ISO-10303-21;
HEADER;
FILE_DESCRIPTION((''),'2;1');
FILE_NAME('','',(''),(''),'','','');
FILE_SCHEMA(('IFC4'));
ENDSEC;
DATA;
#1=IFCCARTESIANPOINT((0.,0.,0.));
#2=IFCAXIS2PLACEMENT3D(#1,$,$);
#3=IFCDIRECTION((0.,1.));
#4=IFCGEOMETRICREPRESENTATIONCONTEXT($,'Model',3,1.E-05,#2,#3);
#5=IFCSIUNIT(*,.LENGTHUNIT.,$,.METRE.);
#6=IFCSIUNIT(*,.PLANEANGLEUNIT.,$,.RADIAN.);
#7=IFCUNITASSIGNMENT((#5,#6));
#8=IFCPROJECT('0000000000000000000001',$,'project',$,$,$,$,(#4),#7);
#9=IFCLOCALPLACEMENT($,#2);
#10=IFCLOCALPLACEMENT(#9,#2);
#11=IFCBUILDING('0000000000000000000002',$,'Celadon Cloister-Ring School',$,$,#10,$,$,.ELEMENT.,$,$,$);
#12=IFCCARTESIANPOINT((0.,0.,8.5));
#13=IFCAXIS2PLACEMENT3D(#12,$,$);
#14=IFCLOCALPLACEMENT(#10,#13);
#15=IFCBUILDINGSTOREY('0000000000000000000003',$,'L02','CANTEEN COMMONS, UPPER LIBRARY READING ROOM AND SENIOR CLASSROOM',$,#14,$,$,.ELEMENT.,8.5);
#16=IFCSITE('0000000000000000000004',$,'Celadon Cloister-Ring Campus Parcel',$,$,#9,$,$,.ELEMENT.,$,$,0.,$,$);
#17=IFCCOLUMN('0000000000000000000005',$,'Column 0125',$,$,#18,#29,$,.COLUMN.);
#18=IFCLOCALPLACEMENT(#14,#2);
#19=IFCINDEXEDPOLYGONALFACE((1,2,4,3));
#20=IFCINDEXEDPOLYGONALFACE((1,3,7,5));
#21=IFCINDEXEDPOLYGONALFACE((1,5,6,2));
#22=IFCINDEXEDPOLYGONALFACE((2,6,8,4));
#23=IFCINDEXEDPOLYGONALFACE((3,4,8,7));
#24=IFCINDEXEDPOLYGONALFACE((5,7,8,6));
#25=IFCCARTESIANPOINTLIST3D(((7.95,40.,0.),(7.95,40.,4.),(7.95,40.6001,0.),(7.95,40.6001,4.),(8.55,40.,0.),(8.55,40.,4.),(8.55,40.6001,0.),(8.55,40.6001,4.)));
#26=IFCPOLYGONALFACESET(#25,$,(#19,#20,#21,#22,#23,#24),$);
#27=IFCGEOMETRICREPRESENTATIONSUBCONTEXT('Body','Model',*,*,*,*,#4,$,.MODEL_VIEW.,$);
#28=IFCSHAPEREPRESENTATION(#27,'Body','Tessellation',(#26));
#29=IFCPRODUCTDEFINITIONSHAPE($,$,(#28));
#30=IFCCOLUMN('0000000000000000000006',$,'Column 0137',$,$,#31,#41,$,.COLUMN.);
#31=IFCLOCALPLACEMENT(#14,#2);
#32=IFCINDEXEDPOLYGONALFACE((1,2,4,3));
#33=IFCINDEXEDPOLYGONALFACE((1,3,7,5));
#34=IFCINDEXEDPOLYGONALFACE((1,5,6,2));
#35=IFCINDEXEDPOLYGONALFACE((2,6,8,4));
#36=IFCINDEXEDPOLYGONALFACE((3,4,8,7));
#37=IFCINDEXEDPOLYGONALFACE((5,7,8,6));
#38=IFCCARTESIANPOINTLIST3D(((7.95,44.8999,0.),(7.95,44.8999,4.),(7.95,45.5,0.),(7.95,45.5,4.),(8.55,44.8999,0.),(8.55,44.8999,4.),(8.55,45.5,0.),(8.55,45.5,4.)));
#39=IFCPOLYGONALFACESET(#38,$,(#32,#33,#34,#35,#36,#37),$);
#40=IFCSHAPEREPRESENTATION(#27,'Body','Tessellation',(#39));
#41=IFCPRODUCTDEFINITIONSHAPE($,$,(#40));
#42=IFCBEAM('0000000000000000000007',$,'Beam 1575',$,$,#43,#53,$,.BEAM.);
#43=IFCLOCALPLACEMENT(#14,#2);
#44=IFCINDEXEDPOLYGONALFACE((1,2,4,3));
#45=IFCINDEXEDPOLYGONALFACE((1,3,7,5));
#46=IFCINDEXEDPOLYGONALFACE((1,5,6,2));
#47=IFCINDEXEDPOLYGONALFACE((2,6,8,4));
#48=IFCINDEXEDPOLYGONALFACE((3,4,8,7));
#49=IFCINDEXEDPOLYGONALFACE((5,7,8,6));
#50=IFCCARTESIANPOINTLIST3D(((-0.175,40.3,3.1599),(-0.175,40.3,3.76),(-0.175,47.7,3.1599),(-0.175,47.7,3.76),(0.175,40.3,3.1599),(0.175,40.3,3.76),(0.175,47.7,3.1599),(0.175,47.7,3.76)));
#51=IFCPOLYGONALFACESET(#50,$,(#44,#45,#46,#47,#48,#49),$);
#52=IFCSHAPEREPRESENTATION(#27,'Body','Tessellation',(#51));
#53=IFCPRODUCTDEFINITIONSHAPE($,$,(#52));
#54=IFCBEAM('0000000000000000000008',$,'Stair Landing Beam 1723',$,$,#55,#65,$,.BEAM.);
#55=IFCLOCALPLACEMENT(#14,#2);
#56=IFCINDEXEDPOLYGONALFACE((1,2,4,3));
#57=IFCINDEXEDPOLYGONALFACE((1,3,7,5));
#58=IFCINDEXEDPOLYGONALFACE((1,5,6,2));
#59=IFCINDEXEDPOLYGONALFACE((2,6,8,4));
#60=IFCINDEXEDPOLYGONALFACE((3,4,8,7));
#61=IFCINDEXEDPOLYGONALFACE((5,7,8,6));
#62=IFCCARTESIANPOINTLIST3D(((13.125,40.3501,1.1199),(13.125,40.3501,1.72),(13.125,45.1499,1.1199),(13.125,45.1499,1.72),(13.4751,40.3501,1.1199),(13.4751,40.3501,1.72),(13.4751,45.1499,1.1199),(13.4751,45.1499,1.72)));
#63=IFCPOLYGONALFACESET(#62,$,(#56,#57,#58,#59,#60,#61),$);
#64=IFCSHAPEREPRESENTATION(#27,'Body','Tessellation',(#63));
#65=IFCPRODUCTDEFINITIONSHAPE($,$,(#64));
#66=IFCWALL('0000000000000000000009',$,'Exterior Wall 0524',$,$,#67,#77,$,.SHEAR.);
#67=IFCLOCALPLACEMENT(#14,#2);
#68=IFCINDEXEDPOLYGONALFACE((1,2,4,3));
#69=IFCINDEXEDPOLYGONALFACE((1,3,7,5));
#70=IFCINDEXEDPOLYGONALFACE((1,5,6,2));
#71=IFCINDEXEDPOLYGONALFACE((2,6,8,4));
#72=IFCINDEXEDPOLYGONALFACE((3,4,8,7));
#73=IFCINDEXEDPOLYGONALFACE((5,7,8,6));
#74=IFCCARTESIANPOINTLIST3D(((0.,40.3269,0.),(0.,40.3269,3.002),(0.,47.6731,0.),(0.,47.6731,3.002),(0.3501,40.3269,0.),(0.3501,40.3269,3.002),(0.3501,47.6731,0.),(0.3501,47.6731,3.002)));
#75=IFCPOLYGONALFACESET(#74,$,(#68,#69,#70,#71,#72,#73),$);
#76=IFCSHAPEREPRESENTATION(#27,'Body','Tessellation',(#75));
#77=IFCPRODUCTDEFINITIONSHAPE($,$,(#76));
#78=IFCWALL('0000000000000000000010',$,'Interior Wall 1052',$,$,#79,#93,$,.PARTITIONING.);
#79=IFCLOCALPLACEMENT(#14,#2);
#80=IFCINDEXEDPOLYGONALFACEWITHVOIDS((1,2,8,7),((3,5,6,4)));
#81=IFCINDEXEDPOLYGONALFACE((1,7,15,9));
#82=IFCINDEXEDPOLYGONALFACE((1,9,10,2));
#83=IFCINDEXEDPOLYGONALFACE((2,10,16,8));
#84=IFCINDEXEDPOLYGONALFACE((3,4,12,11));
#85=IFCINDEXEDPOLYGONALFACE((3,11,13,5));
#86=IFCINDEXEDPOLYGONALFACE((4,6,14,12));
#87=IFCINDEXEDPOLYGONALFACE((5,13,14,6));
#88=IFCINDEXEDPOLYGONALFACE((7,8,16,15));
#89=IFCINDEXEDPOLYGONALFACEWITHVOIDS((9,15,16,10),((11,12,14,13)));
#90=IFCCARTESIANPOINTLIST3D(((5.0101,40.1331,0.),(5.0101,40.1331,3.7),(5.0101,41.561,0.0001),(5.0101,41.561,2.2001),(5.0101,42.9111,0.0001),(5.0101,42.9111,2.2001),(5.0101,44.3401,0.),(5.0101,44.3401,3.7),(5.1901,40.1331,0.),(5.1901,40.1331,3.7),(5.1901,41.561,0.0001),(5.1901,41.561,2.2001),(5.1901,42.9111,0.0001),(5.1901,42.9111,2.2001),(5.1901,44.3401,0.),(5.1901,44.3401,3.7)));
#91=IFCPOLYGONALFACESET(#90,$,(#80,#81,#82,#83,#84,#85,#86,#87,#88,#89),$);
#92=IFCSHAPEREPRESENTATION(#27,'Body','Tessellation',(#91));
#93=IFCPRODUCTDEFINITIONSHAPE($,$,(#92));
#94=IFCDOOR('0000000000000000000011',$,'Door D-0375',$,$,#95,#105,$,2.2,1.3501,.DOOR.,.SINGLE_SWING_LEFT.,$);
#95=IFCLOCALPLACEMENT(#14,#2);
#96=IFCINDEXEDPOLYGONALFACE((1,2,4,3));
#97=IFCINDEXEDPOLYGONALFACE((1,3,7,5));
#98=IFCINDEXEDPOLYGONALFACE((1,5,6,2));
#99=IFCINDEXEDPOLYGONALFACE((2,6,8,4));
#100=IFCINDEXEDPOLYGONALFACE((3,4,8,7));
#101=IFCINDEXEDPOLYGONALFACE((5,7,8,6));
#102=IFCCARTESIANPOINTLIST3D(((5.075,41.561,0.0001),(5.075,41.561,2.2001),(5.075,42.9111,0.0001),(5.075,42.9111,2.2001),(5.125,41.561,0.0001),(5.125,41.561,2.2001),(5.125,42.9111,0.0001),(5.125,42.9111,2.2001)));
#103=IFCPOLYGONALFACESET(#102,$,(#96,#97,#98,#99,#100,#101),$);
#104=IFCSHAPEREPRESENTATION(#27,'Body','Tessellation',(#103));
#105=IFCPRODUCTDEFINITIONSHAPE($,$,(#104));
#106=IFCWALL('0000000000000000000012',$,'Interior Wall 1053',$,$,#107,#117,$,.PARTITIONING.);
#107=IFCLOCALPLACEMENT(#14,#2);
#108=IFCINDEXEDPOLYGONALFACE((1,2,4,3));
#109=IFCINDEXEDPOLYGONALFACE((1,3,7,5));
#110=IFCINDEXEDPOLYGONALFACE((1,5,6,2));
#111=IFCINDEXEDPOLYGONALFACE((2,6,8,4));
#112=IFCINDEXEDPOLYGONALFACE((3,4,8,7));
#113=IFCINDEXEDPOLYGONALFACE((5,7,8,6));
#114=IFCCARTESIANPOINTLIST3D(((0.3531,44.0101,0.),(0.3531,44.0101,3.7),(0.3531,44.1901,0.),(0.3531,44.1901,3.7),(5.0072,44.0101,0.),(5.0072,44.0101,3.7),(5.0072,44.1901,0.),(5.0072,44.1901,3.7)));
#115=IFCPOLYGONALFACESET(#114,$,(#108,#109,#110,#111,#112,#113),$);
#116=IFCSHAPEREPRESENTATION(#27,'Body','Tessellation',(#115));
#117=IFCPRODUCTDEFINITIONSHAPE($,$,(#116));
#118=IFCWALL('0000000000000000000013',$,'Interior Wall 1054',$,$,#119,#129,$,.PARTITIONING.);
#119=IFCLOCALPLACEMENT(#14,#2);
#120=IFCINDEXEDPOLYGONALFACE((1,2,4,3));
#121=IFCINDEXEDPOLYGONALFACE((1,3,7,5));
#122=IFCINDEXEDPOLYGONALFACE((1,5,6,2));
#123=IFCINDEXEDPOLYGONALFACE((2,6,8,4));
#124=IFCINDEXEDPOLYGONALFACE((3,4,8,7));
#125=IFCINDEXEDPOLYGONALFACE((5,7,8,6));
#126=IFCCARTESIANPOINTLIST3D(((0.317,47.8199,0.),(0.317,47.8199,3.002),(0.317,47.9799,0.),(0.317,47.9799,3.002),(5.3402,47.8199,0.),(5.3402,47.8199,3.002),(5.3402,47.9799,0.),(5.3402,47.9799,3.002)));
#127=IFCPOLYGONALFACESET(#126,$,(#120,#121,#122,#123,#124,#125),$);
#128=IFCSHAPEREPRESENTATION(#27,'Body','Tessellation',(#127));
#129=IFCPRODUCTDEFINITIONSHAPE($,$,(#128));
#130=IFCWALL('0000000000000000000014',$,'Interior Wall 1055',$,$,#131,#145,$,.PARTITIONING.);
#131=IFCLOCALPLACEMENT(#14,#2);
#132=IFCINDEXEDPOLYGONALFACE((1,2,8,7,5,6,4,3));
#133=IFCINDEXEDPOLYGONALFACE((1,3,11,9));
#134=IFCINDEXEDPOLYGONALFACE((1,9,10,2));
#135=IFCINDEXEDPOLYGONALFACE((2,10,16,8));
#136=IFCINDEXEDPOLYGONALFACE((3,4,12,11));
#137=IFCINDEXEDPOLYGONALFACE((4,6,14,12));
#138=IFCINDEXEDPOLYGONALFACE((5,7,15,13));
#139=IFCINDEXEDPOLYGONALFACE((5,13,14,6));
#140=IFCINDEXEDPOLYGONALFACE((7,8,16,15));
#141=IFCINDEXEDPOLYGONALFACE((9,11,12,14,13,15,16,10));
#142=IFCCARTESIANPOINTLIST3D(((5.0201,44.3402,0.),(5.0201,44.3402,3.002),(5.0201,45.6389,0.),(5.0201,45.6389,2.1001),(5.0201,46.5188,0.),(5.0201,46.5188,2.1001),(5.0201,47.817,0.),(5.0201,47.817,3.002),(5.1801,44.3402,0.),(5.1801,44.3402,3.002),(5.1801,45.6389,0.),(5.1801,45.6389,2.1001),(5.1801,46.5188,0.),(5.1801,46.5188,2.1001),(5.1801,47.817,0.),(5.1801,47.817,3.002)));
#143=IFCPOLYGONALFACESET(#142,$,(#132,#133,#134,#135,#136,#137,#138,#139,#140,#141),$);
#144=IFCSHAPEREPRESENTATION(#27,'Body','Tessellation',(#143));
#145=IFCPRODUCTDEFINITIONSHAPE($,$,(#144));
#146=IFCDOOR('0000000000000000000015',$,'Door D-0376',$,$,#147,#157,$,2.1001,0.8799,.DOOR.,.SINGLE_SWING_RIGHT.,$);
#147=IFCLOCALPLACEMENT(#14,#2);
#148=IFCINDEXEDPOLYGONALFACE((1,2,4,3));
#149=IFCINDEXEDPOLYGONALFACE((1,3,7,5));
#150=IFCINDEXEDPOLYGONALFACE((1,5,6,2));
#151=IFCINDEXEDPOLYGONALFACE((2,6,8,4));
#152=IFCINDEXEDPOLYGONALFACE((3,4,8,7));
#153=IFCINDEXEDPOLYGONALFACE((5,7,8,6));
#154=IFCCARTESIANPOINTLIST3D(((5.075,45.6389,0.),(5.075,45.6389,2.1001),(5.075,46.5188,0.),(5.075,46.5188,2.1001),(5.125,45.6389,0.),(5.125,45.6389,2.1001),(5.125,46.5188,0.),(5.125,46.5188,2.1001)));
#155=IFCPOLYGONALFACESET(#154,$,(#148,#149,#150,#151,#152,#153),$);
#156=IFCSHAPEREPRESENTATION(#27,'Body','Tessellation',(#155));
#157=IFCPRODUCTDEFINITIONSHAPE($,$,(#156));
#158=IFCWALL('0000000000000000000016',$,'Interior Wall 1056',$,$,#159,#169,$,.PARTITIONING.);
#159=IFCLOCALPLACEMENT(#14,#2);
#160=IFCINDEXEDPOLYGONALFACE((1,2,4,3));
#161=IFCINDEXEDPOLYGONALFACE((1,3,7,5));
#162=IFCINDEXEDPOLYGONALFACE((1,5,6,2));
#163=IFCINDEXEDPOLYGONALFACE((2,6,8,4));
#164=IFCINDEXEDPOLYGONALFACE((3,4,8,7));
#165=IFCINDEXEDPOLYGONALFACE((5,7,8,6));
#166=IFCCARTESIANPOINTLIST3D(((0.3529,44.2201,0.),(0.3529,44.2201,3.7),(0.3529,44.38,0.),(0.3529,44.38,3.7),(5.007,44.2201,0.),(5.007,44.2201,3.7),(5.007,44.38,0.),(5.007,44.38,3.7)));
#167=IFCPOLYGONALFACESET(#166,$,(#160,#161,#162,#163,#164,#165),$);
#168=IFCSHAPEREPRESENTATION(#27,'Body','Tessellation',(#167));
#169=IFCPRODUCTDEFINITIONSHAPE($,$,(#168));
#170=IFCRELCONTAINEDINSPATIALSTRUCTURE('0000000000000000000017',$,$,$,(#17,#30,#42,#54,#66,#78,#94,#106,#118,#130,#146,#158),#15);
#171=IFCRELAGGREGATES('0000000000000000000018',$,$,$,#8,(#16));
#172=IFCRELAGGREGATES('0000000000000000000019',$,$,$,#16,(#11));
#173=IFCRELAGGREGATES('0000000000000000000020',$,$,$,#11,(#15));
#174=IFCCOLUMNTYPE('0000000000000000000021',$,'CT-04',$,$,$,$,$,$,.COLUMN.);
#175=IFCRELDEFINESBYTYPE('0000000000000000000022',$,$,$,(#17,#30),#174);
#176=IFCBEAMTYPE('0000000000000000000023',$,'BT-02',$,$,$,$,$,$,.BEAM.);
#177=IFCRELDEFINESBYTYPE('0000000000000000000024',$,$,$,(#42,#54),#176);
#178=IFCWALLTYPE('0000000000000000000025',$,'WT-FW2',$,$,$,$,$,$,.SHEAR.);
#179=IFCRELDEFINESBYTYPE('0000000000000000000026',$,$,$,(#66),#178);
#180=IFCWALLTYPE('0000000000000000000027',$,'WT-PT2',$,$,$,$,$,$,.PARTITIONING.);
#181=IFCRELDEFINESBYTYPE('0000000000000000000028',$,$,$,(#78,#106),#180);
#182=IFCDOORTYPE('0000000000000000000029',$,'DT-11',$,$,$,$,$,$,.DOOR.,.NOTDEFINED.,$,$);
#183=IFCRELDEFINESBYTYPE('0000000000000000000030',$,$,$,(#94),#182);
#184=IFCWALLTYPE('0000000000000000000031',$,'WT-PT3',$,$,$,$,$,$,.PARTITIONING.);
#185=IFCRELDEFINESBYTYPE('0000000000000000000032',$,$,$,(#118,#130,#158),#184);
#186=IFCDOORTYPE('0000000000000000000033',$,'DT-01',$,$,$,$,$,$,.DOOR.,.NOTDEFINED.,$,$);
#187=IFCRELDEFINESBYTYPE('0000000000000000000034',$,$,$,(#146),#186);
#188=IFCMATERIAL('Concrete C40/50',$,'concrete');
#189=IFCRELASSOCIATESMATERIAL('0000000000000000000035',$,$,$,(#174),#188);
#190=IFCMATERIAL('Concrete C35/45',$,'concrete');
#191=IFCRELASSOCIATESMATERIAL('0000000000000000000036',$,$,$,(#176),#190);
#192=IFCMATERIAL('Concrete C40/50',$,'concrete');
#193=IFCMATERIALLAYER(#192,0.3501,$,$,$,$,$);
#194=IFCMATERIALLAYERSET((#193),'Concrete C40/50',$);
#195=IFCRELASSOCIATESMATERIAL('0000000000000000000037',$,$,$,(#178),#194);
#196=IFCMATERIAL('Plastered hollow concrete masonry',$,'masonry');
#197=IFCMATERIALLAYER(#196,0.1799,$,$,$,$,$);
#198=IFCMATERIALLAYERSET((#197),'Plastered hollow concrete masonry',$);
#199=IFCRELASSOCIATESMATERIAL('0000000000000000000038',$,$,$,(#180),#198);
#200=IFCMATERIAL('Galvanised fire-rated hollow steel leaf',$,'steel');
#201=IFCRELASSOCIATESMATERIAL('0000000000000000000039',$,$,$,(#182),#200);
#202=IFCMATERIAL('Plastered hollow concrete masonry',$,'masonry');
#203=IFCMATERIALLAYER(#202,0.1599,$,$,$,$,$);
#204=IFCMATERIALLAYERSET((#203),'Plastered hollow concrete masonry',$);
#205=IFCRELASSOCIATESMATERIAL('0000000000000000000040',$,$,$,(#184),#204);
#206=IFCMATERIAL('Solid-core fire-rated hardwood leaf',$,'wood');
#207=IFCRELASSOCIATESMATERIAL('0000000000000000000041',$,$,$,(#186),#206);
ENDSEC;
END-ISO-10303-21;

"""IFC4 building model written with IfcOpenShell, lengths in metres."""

from ifc_helpers import new_model, si_unit, direction, frame, frame_2d, origin, origin_2d, place, context, subcontext, project, spatial, rectangle, extrude, material, layer, layer_set, material_profile, profile_set, type_object, element, fill, save


model = new_model("IFC4")

# Units and contexts
model_context = context("Model", 3, precision=1e-05, world=origin(), true_north=direction((0.0, 1.0)))
body_context = subcontext(model_context, "Body", "Model", "MODEL_VIEW")
ifc_project = project(units=[si_unit("LENGTHUNIT", "METRE"), si_unit("PLANEANGLEUNIT", "RADIAN")], contexts=[model_context])

# Site, building, storey
site_placement = place(None, origin())
site = spatial("IfcSite", under=ifc_project, at=site_placement, Name="Celadon Cloister-Ring Campus Parcel", CompositionType="ELEMENT", RefElevation=0.0)
building_placement = place(site_placement, origin())
building = spatial("IfcBuilding", under=site, at=building_placement, Name="Celadon Cloister-Ring School", CompositionType="ELEMENT")
storey_placement = place(building_placement, frame((0.0, 0.0, 8.5)))
storey = spatial("IfcBuildingStorey", under=building, at=storey_placement, Name="L02", Description="CANTEEN COMMONS, UPPER LIBRARY READING ROOM AND SENIOR CLASSROOM", CompositionType="ELEMENT", Elevation=8.5)

# Columns
ifc_material_1 = material(Name="Concrete C40/50", Category="concrete")
ifc_material_profile_1 = material_profile(ifc_material_1, rectangle(XDim=0.6001, YDim=0.6001, at=origin_2d()), Name="RC600X600")
ifc_profile_set_1 = profile_set([ifc_material_profile_1], Name="Concrete C40/50")
column_type = type_object("IfcColumnType", Name="CT-04", PredefinedType="COLUMN", material=ifc_profile_set_1)
for number, where, z_axis, x_axis, name in (
    (1, (8.25, 40.3, 0.0), (0.0, 0.0, 1.0), (1.0, 0.0, 0.0), "Column 0125"),
    (2, (8.25, 45.2, 0.0), (0.0, 0.0, 1.0), (1.0, 0.0, 0.0), "Column 0137"),
):
    element("IfcColumn", number, at=place(storey_placement, frame(where, z_axis=z_axis, x_axis=x_axis)), inside=storey, type_object=column_type, Name=name, PredefinedType="COLUMN", context=body_context, shape_type="SweptSolid", body=[
        extrude(rectangle(XDim=0.6001, YDim=0.6001, at=origin_2d()), origin(), (0.0, 0.0, 1.0), 4.0),
    ])

# Beams
ifc_material_2 = material(Name="Concrete C35/45", Category="concrete")
ifc_material_profile_2 = material_profile(ifc_material_2, rectangle(XDim=0.3501, YDim=0.6001, at=origin_2d()), Name="RC350X600")
ifc_profile_set_2 = profile_set([ifc_material_profile_2], Name="Concrete C35/45")
beam_type = type_object("IfcBeamType", Name="BT-02", PredefinedType="BEAM", material=ifc_profile_set_2)
beam_1_placement = place(storey_placement, frame((0.0, 40.3, 3.46), z_axis=(0.0, 1.0, 0.0), x_axis=(-1.0, 0.0, 0.0)))
element("IfcBeam", 3, at=beam_1_placement, inside=storey, type_object=beam_type, Name="Beam 1575", PredefinedType="BEAM", context=body_context, shape_type="SweptSolid", body=[
    extrude(rectangle(XDim=0.3501, YDim=0.6001, at=origin_2d()), origin(), (0.0, 0.0, 1.0), 7.3999),
])
beam_2_placement = place(storey_placement, frame((13.3, 40.3501, 1.4199), z_axis=(0.0, 1.0, 0.0), x_axis=(-1.0, 0.0, 0.0)))
element("IfcBeam", 4, at=beam_2_placement, inside=storey, type_object=beam_type, Name="Stair Landing Beam 1723", PredefinedType="BEAM", context=body_context, shape_type="SweptSolid", body=[
    extrude(rectangle(XDim=0.3501, YDim=0.6001, at=origin_2d()), origin(), (0.0, 0.0, 1.0), 4.7998),
])

# Wall
ifc_material_3 = material(Name="Concrete C40/50", Category="concrete")
ifc_layer_1 = layer(ifc_material_3, 0.3501)
ifc_layer_set_1 = layer_set([ifc_layer_1], Name="Concrete C40/50")
wall_type_1 = type_object("IfcWallType", Name="WT-FW2", PredefinedType="SHEAR", material=ifc_layer_set_1)
wall_1_placement = place(storey_placement, frame((0.175, 40.3269, 0.0), z_axis=(0.0, 0.0, 1.0), x_axis=(0.0, 1.0, 0.0)))
element("IfcWall", 5, at=wall_1_placement, inside=storey, type_object=wall_type_1, Name="Exterior Wall 0524", PredefinedType="SHEAR", context=body_context, shape_type="SweptSolid", body=[
    extrude(rectangle(XDim=7.3462, YDim=0.3501, at=frame_2d((3.6731, 0.0))), origin(), (0.0, 0.0, 1.0), 3.002),
])

# Wall, opening, door
ifc_material_4 = material(Name="Plastered hollow concrete masonry", Category="masonry")
ifc_layer_2 = layer(ifc_material_4, 0.1799)
ifc_layer_set_2 = layer_set([ifc_layer_2], Name="Plastered hollow concrete masonry")
wall_type_2 = type_object("IfcWallType", Name="WT-PT2", PredefinedType="PARTITIONING", material=ifc_layer_set_2)
wall_2_placement = place(storey_placement, frame((5.1001, 44.3401, 0.0), z_axis=(0.0, 0.0, 1.0), x_axis=(0.0, -1.0, 0.0)))
wall_2 = element("IfcWall", 6, at=wall_2_placement, inside=storey, type_object=wall_type_2, Name="Interior Wall 1052", PredefinedType="PARTITIONING", context=body_context, shape_type="SweptSolid", body=[
    extrude(rectangle(XDim=4.207, YDim=0.1799, at=frame_2d((2.1035, 0.0))), origin(), (0.0, 0.0, 1.0), 3.7),
])
opening_1_placement = place(wall_2_placement, frame((1.429, 0.0, 0.0)))
opening_1 = element("IfcOpeningElement", 7, at=opening_1_placement, cuts=wall_2, PredefinedType="OPENING", context=body_context, shape_type="SweptSolid", body=[
    extrude(rectangle(XDim=1.3501, YDim=2.2, at=frame_2d((0.675, 1.1001))), frame((0.0, 0.1001, 0.0), z_axis=(0.0, -1.0, 0.0), x_axis=(1.0, 0.0, 0.0)), (0.0, 0.0, 1.0), 0.2),
])
ifc_material_5 = material(Name="Galvanised fire-rated hollow steel leaf", Category="steel")
door_type_1 = type_object("IfcDoorType", Name="DT-11", OperationType="NOTDEFINED", PredefinedType="DOOR", material=ifc_material_5)
door_1_placement = place(opening_1_placement, origin())
door_1 = element("IfcDoor", 8, at=door_1_placement, inside=storey, type_object=door_type_1, Name="Door D-0375", OperationType="SINGLE_SWING_LEFT", OverallHeight=2.2, OverallWidth=1.3501, PredefinedType="DOOR", context=body_context, shape_type="SweptSolid", body=[
    extrude(rectangle(XDim=1.3501, YDim=2.2, at=frame_2d((0.675, 1.1001))), frame((0.0, 0.0249, 0.0), z_axis=(0.0, -1.0, 0.0), x_axis=(1.0, 0.0, 0.0)), (0.0, 0.0, 1.0), 0.05),
])
fill(opening_1, door_1)

# Walls
wall_3_placement = place(storey_placement, frame((0.353, 44.1001, 0.0), z_axis=(0.0, 0.0, 1.0), x_axis=(1.0, 0.0, 0.0)))
element("IfcWall", 9, at=wall_3_placement, inside=storey, type_object=wall_type_2, Name="Interior Wall 1053", PredefinedType="PARTITIONING", context=body_context, shape_type="SweptSolid", body=[
    extrude(rectangle(XDim=4.6541, YDim=0.1799, at=frame_2d((2.3271, 0.0))), origin(), (0.0, 0.0, 1.0), 3.7),
])
ifc_material_6 = material(Name="Plastered hollow concrete masonry", Category="masonry")
ifc_layer_3 = layer(ifc_material_6, 0.1599)
ifc_layer_set_3 = layer_set([ifc_layer_3], Name="Plastered hollow concrete masonry")
wall_type_3 = type_object("IfcWallType", Name="WT-PT3", PredefinedType="PARTITIONING", material=ifc_layer_set_3)
wall_4_placement = place(storey_placement, frame((0.3169, 47.8999, 0.0), z_axis=(0.0, 0.0, 1.0), x_axis=(1.0, 0.0, 0.0)))
element("IfcWall", 10, at=wall_4_placement, inside=storey, type_object=wall_type_3, Name="Interior Wall 1054", PredefinedType="PARTITIONING", context=body_context, shape_type="SweptSolid", body=[
    extrude(rectangle(XDim=5.0232, YDim=0.1599, at=frame_2d((2.5117, 0.0))), origin(), (0.0, 0.0, 1.0), 3.002),
])

# Wall, opening, door
wall_5_placement = place(storey_placement, frame((5.1001, 47.8169, 0.0), z_axis=(0.0, 0.0, 1.0), x_axis=(0.0, -1.0, 0.0)))
wall_5 = element("IfcWall", 11, at=wall_5_placement, inside=storey, type_object=wall_type_3, Name="Interior Wall 1055", PredefinedType="PARTITIONING", context=body_context, shape_type="SweptSolid", body=[
    extrude(rectangle(XDim=3.4768, YDim=0.1599, at=frame_2d((1.7383, 0.0))), origin(), (0.0, 0.0, 1.0), 3.002),
])
opening_2_placement = place(wall_5_placement, frame((1.2981, 0.0, 0.0)))
opening_2 = element("IfcOpeningElement", 12, at=opening_2_placement, cuts=wall_5, PredefinedType="OPENING", context=body_context, shape_type="SweptSolid", body=[
    extrude(rectangle(XDim=0.8799, YDim=2.1001, at=frame_2d((0.4399, 1.05))), frame((0.0, 0.0898, 0.0), z_axis=(0.0, -1.0, 0.0), x_axis=(1.0, 0.0, 0.0)), (0.0, 0.0, 1.0), 0.1799),
])
ifc_material_7 = material(Name="Solid-core fire-rated hardwood leaf", Category="wood")
door_type_2 = type_object("IfcDoorType", Name="DT-01", OperationType="NOTDEFINED", PredefinedType="DOOR", material=ifc_material_7)
door_2_placement = place(opening_2_placement, origin())
door_2 = element("IfcDoor", 13, at=door_2_placement, inside=storey, type_object=door_type_2, Name="Door D-0376", OperationType="SINGLE_SWING_RIGHT", OverallHeight=2.1001, OverallWidth=0.8799, PredefinedType="DOOR", context=body_context, shape_type="SweptSolid", body=[
    extrude(rectangle(XDim=0.8799, YDim=2.1001, at=frame_2d((0.4399, 1.05))), frame((0.0, 0.0249, 0.0), z_axis=(0.0, -1.0, 0.0), x_axis=(1.0, 0.0, 0.0)), (0.0, 0.0, 1.0), 0.05),
])
fill(opening_2, door_2)

# Wall
wall_6_placement = place(storey_placement, frame((5.0071, 44.3, 0.0), z_axis=(0.0, 0.0, 1.0), x_axis=(-1.0, 0.0, 0.0)))
element("IfcWall", 14, at=wall_6_placement, inside=storey, type_object=wall_type_3, Name="Interior Wall 1056", PredefinedType="PARTITIONING", context=body_context, shape_type="SweptSolid", body=[
    extrude(rectangle(XDim=4.6541, YDim=0.1599, at=frame_2d((2.3271, 0.0))), origin(), (0.0, 0.0, 1.0), 3.7),
])

save(model, "model.ifc")
